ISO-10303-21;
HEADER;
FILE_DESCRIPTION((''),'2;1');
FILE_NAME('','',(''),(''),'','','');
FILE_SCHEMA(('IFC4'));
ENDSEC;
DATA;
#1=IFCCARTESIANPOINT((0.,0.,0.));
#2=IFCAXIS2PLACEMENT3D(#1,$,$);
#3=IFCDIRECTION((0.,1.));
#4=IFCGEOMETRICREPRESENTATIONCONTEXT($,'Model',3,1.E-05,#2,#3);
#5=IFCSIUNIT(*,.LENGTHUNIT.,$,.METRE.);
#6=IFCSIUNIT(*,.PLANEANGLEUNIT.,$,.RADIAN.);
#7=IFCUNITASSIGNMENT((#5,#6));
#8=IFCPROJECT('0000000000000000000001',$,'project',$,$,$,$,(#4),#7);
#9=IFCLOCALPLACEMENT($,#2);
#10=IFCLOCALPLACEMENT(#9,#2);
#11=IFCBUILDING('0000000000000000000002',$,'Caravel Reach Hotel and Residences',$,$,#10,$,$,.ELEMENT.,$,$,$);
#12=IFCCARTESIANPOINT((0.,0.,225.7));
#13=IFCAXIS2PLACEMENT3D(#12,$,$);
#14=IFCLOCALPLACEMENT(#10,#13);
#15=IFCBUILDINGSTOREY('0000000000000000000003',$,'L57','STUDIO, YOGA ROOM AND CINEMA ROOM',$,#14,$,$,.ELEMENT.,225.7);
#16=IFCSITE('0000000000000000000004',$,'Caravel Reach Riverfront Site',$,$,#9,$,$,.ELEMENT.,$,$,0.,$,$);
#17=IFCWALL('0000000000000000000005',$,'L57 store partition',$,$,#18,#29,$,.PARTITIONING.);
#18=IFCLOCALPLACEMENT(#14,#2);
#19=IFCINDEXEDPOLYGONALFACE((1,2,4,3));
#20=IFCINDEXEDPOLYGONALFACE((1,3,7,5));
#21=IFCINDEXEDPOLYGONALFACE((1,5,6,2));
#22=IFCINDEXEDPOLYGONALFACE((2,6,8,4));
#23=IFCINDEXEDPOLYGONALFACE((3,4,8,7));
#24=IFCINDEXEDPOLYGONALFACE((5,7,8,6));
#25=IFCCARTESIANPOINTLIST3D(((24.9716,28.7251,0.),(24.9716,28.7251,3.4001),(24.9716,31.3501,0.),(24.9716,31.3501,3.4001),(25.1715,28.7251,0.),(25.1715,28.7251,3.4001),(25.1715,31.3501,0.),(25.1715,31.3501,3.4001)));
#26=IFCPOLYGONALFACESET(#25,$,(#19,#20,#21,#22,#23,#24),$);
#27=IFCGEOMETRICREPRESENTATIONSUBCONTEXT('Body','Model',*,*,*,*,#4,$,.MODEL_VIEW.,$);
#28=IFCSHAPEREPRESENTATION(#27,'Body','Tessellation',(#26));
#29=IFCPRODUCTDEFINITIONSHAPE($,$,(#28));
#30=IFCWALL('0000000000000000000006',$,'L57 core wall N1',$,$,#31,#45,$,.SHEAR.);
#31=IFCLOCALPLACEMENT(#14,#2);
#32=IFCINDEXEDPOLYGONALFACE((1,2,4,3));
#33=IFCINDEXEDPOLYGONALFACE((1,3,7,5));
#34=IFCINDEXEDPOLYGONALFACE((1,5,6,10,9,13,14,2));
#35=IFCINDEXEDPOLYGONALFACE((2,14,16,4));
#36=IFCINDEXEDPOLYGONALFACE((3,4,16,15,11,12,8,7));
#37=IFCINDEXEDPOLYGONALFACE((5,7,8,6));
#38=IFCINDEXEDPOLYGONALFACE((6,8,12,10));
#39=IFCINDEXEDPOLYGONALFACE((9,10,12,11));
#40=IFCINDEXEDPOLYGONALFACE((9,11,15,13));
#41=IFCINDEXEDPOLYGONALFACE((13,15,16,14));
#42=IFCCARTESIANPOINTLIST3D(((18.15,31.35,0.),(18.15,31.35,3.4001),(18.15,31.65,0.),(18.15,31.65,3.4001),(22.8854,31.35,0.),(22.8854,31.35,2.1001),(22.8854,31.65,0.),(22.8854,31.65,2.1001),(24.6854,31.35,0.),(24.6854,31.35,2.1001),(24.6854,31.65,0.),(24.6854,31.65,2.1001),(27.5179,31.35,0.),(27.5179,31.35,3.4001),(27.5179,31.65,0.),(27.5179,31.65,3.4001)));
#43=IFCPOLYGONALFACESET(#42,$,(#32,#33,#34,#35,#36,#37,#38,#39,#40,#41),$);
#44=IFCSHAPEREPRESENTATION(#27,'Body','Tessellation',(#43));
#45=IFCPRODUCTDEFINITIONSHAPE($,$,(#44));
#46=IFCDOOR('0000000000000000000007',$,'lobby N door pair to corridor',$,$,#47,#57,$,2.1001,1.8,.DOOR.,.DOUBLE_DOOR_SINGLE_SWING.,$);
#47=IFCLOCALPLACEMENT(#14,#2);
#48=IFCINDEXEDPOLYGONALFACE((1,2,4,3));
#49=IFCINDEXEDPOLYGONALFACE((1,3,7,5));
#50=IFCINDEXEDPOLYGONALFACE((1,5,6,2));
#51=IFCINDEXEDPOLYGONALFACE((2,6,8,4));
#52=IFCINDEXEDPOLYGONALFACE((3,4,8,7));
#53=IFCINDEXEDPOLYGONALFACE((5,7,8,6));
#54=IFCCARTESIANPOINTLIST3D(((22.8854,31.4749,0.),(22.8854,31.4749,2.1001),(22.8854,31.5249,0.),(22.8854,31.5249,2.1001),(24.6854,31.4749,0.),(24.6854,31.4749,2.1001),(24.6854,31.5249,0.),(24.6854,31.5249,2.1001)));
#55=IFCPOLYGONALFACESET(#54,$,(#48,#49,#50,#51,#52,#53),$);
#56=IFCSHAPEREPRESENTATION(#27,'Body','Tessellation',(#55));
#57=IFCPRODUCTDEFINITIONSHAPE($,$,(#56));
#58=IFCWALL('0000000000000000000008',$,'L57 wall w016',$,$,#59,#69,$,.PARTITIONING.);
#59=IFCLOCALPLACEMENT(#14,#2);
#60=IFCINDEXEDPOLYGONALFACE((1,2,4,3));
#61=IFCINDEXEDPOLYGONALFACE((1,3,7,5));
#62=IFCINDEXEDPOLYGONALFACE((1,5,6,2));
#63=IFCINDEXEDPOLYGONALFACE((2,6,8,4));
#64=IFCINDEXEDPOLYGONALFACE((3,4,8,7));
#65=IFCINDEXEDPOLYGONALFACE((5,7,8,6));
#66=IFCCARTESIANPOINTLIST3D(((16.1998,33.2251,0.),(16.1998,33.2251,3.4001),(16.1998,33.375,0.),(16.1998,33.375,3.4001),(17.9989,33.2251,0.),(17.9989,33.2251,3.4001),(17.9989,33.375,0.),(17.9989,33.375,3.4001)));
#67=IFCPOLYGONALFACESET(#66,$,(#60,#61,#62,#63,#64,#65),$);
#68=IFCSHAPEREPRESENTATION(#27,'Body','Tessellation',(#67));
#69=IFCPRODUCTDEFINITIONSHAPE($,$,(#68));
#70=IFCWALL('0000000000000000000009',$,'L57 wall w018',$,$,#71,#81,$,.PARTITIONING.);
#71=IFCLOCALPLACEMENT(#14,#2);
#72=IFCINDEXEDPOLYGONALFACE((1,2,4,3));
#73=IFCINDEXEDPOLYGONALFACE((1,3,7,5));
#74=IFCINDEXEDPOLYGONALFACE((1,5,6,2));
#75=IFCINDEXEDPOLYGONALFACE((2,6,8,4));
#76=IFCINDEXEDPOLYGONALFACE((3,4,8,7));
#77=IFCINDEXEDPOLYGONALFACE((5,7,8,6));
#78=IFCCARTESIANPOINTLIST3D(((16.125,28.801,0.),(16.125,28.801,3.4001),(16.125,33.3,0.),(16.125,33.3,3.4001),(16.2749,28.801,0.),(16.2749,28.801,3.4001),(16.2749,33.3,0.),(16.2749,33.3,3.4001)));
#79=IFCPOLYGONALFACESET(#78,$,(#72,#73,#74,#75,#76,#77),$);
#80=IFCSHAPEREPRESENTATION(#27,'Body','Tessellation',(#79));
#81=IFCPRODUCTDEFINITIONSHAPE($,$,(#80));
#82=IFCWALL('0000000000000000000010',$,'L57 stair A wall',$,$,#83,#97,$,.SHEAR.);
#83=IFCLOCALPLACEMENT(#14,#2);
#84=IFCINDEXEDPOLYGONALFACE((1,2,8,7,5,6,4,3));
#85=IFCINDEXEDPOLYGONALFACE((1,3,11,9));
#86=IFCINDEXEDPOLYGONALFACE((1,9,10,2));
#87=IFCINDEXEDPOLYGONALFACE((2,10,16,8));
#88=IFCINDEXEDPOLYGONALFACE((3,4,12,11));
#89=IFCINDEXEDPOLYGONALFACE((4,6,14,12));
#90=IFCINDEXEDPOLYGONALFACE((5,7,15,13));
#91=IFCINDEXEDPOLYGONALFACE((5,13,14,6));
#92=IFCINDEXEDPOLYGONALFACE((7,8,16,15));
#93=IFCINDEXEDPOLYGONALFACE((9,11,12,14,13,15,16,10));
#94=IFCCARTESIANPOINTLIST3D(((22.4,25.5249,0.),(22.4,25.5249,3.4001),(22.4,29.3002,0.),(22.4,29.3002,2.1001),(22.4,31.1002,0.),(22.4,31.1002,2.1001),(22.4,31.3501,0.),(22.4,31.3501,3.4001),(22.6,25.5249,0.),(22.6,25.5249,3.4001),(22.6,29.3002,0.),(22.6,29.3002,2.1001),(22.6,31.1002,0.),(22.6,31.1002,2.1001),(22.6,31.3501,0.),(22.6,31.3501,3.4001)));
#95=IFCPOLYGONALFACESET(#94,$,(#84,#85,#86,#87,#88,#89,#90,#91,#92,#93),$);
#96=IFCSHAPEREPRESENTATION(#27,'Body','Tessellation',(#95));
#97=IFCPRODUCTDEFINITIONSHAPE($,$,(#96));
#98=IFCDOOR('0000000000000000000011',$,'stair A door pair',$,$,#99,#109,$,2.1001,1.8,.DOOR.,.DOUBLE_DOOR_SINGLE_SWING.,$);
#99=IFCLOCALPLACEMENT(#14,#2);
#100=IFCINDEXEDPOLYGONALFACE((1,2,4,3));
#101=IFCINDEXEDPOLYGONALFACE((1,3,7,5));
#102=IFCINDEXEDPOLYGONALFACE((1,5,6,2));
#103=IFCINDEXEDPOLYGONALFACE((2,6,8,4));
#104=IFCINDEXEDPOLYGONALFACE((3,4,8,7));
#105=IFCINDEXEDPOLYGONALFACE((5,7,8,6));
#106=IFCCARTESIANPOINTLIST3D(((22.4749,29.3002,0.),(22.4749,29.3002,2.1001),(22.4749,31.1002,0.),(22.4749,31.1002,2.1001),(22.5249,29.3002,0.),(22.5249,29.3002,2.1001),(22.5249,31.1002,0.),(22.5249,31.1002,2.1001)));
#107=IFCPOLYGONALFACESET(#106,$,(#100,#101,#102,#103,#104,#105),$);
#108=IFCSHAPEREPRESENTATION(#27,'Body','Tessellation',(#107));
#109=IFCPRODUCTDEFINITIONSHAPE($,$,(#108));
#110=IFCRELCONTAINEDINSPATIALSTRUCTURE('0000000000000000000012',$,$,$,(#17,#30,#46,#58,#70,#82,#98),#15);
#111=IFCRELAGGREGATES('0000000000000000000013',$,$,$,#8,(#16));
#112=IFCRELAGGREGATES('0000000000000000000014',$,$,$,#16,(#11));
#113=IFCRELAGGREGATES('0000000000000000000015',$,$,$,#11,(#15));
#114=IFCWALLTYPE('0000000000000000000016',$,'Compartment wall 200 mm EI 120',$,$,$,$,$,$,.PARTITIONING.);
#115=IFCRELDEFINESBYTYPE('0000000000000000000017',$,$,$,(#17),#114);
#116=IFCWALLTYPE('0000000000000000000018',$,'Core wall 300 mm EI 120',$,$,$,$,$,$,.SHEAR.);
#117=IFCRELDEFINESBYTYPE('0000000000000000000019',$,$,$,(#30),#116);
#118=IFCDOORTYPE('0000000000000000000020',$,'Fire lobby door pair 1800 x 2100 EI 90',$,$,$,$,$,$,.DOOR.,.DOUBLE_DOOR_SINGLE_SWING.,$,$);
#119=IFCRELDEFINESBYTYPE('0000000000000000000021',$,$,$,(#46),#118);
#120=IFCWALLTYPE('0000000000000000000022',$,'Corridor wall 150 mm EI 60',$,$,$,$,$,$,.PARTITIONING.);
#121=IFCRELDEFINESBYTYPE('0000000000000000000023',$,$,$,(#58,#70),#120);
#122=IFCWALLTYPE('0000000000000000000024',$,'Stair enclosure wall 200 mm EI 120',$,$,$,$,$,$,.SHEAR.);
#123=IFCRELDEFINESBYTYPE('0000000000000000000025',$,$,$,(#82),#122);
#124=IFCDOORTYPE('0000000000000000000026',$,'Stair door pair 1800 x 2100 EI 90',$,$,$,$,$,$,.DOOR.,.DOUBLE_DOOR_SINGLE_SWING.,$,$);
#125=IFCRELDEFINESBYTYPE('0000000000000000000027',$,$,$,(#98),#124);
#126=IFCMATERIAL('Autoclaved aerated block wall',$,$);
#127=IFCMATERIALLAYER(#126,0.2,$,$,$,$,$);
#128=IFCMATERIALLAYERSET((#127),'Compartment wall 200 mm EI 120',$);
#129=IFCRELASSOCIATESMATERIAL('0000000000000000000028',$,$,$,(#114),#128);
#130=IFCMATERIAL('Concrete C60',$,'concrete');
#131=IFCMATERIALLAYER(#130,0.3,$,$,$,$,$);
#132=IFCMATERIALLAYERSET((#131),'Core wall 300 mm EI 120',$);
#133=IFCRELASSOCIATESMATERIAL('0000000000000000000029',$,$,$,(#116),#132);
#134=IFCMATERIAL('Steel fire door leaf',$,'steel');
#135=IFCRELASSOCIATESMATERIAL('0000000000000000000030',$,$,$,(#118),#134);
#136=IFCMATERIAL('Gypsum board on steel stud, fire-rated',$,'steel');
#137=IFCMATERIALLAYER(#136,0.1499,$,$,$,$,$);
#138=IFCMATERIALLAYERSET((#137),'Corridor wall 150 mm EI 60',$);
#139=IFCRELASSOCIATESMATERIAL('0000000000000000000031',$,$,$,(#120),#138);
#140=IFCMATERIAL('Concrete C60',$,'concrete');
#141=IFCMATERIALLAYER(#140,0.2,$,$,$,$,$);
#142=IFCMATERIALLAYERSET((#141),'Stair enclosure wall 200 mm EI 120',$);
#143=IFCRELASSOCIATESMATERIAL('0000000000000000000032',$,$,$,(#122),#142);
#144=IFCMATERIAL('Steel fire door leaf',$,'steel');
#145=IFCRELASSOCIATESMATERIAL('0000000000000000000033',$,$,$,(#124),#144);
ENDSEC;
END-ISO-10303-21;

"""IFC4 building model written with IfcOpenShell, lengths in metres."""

from ifc_helpers import new_model, si_unit, direction, frame, frame_2d, origin, place, context, subcontext, project, spatial, rectangle, extrude, material, layer, layer_set, type_object, element, fill, save


model = new_model("IFC4")

# Units and contexts
model_context = context("Model", 3, precision=1e-05, world=origin(), true_north=direction((0.0, 1.0)))
body_context = subcontext(model_context, "Body", "Model", "MODEL_VIEW")
ifc_project = project(units=[si_unit("LENGTHUNIT", "METRE"), si_unit("PLANEANGLEUNIT", "RADIAN")], contexts=[model_context])

# Site, building, storey
site_placement = place(None, origin())
site = spatial("IfcSite", under=ifc_project, at=site_placement, Name="Caravel Reach Riverfront Site", CompositionType="ELEMENT", RefElevation=0.0)
building_placement = place(site_placement, origin())
building = spatial("IfcBuilding", under=site, at=building_placement, Name="Caravel Reach Hotel and Residences", CompositionType="ELEMENT")
storey_placement = place(building_placement, frame((0.0, 0.0, 225.7)))
storey = spatial("IfcBuildingStorey", under=building, at=storey_placement, Name="L57", Description="STUDIO, YOGA ROOM AND CINEMA ROOM", CompositionType="ELEMENT", Elevation=225.7)

# Wall
ifc_material_1 = material(Name="Autoclaved aerated block wall")
ifc_layer_1 = layer(ifc_material_1, 0.2)
ifc_layer_set_1 = layer_set([ifc_layer_1], Name="Compartment wall 200 mm EI 120")
wall_type_1 = type_object("IfcWallType", Name="Compartment wall 200 mm EI 120", PredefinedType="PARTITIONING", material=ifc_layer_set_1)
wall_1_placement = place(storey_placement, frame((25.0715, 28.7251, 0.0), z_axis=(0.0, 0.0, 1.0), x_axis=(0.0, 1.0, 0.0)))
element("IfcWall", 1, at=wall_1_placement, inside=storey, type_object=wall_type_1, Name="L57 store partition", PredefinedType="PARTITIONING", context=body_context, shape_type="SweptSolid", body=[
    extrude(rectangle(XDim=2.625, YDim=0.2, at=frame_2d((1.3125, 0.0))), origin(), (0.0, 0.0, 1.0), 3.4001),
])

# Wall, opening, door
ifc_material_2 = material(Name="Concrete C60", Category="concrete")
ifc_layer_2 = layer(ifc_material_2, 0.3)
ifc_layer_set_2 = layer_set([ifc_layer_2], Name="Core wall 300 mm EI 120")
wall_type_2 = type_object("IfcWallType", Name="Core wall 300 mm EI 120", PredefinedType="SHEAR", material=ifc_layer_set_2)
wall_2_placement = place(storey_placement, frame((18.1499, 31.5, 0.0), z_axis=(0.0, 0.0, 1.0), x_axis=(1.0, 0.0, 0.0)))
wall_2 = element("IfcWall", 2, at=wall_2_placement, inside=storey, type_object=wall_type_2, Name="L57 core wall N1", PredefinedType="SHEAR", context=body_context, shape_type="SweptSolid", body=[
    extrude(rectangle(XDim=9.3679, YDim=0.3, at=frame_2d((4.6841, 0.0))), origin(), (0.0, 0.0, 1.0), 3.4001),
])
opening_1_placement = place(wall_2_placement, frame((4.7356, 0.0, 0.0)))
opening_1 = element("IfcOpeningElement", 3, at=opening_1_placement, cuts=wall_2, PredefinedType="OPENING", context=body_context, shape_type="SweptSolid", body=[
    extrude(rectangle(XDim=1.8, YDim=2.1001, at=frame_2d((0.8999, 1.05))), frame((0.0, 0.1599, 0.0), z_axis=(0.0, -1.0, 0.0), x_axis=(1.0, 0.0, 0.0)), (0.0, 0.0, 1.0), 0.3201),
])
ifc_material_3 = material(Name="Steel fire door leaf", Category="steel")
door_type_1 = type_object("IfcDoorType", Name="Fire lobby door pair 1800 x 2100 EI 90", OperationType="DOUBLE_DOOR_SINGLE_SWING", PredefinedType="DOOR", material=ifc_material_3)
door_1_placement = place(opening_1_placement, origin())
door_1 = element("IfcDoor", 4, at=door_1_placement, inside=storey, type_object=door_type_1, Name="lobby N door pair to corridor", OperationType="DOUBLE_DOOR_SINGLE_SWING", OverallHeight=2.1001, OverallWidth=1.8, PredefinedType="DOOR", context=body_context, shape_type="SweptSolid", body=[
    extrude(rectangle(XDim=1.8, YDim=2.1001, at=frame_2d((0.8999, 1.05))), frame((0.0, 0.0249, 0.0), z_axis=(0.0, -1.0, 0.0), x_axis=(1.0, 0.0, 0.0)), (0.0, 0.0, 1.0), 0.05),
])
fill(opening_1, door_1)

# Walls
ifc_material_4 = material(Name="Gypsum board on steel stud, fire-rated", Category="steel")
ifc_layer_3 = layer(ifc_material_4, 0.1499)
ifc_layer_set_3 = layer_set([ifc_layer_3], Name="Corridor wall 150 mm EI 60")
wall_type_3 = type_object("IfcWallType", Name="Corridor wall 150 mm EI 60", PredefinedType="PARTITIONING", material=ifc_layer_set_3)
wall_3_placement = place(storey_placement, frame((16.2, 33.3, 0.0), z_axis=(0.0, 0.0, 1.0), x_axis=(1.0, 0.0, 0.0)))
element("IfcWall", 5, at=wall_3_placement, inside=storey, type_object=wall_type_3, Name="L57 wall w016", PredefinedType="PARTITIONING", context=body_context, shape_type="SweptSolid", body=[
    extrude(rectangle(XDim=1.7991, YDim=0.1499, at=frame_2d((0.8994, 0.0))), origin(), (0.0, 0.0, 1.0), 3.4001),
])
wall_4_placement = place(storey_placement, frame((16.2, 28.801, 0.0), z_axis=(0.0, 0.0, 1.0), x_axis=(0.0, 1.0, 0.0)))
element("IfcWall", 6, at=wall_4_placement, inside=storey, type_object=wall_type_3, Name="L57 wall w018", PredefinedType="PARTITIONING", context=body_context, shape_type="SweptSolid", body=[
    extrude(rectangle(XDim=4.499, YDim=0.1499, at=frame_2d((2.2495, 0.0))), origin(), (0.0, 0.0, 1.0), 3.4001),
])

# Wall, opening, door
ifc_material_5 = material(Name="Concrete C60", Category="concrete")
ifc_layer_4 = layer(ifc_material_5, 0.2)
ifc_layer_set_4 = layer_set([ifc_layer_4], Name="Stair enclosure wall 200 mm EI 120")
wall_type_4 = type_object("IfcWallType", Name="Stair enclosure wall 200 mm EI 120", PredefinedType="SHEAR", material=ifc_layer_set_4)
wall_5_placement = place(storey_placement, frame((22.5, 31.3501, 0.0), z_axis=(0.0, 0.0, 1.0), x_axis=(0.0, -1.0, 0.0)))
wall_5 = element("IfcWall", 7, at=wall_5_placement, inside=storey, type_object=wall_type_4, Name="L57 stair A wall", PredefinedType="SHEAR", context=body_context, shape_type="SweptSolid", body=[
    extrude(rectangle(XDim=5.8252, YDim=0.2, at=frame_2d((2.9126, 0.0))), origin(), (0.0, 0.0, 1.0), 3.4001),
])
opening_2_placement = place(wall_5_placement, frame((0.25, 0.0, 0.0)))
opening_2 = element("IfcOpeningElement", 8, at=opening_2_placement, cuts=wall_5, PredefinedType="OPENING", context=body_context, shape_type="SweptSolid", body=[
    extrude(rectangle(XDim=1.8, YDim=2.1001, at=frame_2d((0.8999, 1.05))), frame((0.0, 0.1099, 0.0), z_axis=(0.0, -1.0, 0.0), x_axis=(1.0, 0.0, 0.0)), (0.0, 0.0, 1.0), 0.22),
])
ifc_material_6 = material(Name="Steel fire door leaf", Category="steel")
door_type_2 = type_object("IfcDoorType", Name="Stair door pair 1800 x 2100 EI 90", OperationType="DOUBLE_DOOR_SINGLE_SWING", PredefinedType="DOOR", material=ifc_material_6)
door_2_placement = place(opening_2_placement, origin())
door_2 = element("IfcDoor", 9, at=door_2_placement, inside=storey, type_object=door_type_2, Name="stair A door pair", OperationType="DOUBLE_DOOR_SINGLE_SWING", OverallHeight=2.1001, OverallWidth=1.8, PredefinedType="DOOR", context=body_context, shape_type="SweptSolid", body=[
    extrude(rectangle(XDim=1.8, YDim=2.1001, at=frame_2d((0.8999, 1.05))), frame((0.0, 0.0249, 0.0), z_axis=(0.0, -1.0, 0.0), x_axis=(1.0, 0.0, 0.0)), (0.0, 0.0, 1.0), 0.05),
])
fill(opening_2, door_2)

save(model, "model.ifc")
